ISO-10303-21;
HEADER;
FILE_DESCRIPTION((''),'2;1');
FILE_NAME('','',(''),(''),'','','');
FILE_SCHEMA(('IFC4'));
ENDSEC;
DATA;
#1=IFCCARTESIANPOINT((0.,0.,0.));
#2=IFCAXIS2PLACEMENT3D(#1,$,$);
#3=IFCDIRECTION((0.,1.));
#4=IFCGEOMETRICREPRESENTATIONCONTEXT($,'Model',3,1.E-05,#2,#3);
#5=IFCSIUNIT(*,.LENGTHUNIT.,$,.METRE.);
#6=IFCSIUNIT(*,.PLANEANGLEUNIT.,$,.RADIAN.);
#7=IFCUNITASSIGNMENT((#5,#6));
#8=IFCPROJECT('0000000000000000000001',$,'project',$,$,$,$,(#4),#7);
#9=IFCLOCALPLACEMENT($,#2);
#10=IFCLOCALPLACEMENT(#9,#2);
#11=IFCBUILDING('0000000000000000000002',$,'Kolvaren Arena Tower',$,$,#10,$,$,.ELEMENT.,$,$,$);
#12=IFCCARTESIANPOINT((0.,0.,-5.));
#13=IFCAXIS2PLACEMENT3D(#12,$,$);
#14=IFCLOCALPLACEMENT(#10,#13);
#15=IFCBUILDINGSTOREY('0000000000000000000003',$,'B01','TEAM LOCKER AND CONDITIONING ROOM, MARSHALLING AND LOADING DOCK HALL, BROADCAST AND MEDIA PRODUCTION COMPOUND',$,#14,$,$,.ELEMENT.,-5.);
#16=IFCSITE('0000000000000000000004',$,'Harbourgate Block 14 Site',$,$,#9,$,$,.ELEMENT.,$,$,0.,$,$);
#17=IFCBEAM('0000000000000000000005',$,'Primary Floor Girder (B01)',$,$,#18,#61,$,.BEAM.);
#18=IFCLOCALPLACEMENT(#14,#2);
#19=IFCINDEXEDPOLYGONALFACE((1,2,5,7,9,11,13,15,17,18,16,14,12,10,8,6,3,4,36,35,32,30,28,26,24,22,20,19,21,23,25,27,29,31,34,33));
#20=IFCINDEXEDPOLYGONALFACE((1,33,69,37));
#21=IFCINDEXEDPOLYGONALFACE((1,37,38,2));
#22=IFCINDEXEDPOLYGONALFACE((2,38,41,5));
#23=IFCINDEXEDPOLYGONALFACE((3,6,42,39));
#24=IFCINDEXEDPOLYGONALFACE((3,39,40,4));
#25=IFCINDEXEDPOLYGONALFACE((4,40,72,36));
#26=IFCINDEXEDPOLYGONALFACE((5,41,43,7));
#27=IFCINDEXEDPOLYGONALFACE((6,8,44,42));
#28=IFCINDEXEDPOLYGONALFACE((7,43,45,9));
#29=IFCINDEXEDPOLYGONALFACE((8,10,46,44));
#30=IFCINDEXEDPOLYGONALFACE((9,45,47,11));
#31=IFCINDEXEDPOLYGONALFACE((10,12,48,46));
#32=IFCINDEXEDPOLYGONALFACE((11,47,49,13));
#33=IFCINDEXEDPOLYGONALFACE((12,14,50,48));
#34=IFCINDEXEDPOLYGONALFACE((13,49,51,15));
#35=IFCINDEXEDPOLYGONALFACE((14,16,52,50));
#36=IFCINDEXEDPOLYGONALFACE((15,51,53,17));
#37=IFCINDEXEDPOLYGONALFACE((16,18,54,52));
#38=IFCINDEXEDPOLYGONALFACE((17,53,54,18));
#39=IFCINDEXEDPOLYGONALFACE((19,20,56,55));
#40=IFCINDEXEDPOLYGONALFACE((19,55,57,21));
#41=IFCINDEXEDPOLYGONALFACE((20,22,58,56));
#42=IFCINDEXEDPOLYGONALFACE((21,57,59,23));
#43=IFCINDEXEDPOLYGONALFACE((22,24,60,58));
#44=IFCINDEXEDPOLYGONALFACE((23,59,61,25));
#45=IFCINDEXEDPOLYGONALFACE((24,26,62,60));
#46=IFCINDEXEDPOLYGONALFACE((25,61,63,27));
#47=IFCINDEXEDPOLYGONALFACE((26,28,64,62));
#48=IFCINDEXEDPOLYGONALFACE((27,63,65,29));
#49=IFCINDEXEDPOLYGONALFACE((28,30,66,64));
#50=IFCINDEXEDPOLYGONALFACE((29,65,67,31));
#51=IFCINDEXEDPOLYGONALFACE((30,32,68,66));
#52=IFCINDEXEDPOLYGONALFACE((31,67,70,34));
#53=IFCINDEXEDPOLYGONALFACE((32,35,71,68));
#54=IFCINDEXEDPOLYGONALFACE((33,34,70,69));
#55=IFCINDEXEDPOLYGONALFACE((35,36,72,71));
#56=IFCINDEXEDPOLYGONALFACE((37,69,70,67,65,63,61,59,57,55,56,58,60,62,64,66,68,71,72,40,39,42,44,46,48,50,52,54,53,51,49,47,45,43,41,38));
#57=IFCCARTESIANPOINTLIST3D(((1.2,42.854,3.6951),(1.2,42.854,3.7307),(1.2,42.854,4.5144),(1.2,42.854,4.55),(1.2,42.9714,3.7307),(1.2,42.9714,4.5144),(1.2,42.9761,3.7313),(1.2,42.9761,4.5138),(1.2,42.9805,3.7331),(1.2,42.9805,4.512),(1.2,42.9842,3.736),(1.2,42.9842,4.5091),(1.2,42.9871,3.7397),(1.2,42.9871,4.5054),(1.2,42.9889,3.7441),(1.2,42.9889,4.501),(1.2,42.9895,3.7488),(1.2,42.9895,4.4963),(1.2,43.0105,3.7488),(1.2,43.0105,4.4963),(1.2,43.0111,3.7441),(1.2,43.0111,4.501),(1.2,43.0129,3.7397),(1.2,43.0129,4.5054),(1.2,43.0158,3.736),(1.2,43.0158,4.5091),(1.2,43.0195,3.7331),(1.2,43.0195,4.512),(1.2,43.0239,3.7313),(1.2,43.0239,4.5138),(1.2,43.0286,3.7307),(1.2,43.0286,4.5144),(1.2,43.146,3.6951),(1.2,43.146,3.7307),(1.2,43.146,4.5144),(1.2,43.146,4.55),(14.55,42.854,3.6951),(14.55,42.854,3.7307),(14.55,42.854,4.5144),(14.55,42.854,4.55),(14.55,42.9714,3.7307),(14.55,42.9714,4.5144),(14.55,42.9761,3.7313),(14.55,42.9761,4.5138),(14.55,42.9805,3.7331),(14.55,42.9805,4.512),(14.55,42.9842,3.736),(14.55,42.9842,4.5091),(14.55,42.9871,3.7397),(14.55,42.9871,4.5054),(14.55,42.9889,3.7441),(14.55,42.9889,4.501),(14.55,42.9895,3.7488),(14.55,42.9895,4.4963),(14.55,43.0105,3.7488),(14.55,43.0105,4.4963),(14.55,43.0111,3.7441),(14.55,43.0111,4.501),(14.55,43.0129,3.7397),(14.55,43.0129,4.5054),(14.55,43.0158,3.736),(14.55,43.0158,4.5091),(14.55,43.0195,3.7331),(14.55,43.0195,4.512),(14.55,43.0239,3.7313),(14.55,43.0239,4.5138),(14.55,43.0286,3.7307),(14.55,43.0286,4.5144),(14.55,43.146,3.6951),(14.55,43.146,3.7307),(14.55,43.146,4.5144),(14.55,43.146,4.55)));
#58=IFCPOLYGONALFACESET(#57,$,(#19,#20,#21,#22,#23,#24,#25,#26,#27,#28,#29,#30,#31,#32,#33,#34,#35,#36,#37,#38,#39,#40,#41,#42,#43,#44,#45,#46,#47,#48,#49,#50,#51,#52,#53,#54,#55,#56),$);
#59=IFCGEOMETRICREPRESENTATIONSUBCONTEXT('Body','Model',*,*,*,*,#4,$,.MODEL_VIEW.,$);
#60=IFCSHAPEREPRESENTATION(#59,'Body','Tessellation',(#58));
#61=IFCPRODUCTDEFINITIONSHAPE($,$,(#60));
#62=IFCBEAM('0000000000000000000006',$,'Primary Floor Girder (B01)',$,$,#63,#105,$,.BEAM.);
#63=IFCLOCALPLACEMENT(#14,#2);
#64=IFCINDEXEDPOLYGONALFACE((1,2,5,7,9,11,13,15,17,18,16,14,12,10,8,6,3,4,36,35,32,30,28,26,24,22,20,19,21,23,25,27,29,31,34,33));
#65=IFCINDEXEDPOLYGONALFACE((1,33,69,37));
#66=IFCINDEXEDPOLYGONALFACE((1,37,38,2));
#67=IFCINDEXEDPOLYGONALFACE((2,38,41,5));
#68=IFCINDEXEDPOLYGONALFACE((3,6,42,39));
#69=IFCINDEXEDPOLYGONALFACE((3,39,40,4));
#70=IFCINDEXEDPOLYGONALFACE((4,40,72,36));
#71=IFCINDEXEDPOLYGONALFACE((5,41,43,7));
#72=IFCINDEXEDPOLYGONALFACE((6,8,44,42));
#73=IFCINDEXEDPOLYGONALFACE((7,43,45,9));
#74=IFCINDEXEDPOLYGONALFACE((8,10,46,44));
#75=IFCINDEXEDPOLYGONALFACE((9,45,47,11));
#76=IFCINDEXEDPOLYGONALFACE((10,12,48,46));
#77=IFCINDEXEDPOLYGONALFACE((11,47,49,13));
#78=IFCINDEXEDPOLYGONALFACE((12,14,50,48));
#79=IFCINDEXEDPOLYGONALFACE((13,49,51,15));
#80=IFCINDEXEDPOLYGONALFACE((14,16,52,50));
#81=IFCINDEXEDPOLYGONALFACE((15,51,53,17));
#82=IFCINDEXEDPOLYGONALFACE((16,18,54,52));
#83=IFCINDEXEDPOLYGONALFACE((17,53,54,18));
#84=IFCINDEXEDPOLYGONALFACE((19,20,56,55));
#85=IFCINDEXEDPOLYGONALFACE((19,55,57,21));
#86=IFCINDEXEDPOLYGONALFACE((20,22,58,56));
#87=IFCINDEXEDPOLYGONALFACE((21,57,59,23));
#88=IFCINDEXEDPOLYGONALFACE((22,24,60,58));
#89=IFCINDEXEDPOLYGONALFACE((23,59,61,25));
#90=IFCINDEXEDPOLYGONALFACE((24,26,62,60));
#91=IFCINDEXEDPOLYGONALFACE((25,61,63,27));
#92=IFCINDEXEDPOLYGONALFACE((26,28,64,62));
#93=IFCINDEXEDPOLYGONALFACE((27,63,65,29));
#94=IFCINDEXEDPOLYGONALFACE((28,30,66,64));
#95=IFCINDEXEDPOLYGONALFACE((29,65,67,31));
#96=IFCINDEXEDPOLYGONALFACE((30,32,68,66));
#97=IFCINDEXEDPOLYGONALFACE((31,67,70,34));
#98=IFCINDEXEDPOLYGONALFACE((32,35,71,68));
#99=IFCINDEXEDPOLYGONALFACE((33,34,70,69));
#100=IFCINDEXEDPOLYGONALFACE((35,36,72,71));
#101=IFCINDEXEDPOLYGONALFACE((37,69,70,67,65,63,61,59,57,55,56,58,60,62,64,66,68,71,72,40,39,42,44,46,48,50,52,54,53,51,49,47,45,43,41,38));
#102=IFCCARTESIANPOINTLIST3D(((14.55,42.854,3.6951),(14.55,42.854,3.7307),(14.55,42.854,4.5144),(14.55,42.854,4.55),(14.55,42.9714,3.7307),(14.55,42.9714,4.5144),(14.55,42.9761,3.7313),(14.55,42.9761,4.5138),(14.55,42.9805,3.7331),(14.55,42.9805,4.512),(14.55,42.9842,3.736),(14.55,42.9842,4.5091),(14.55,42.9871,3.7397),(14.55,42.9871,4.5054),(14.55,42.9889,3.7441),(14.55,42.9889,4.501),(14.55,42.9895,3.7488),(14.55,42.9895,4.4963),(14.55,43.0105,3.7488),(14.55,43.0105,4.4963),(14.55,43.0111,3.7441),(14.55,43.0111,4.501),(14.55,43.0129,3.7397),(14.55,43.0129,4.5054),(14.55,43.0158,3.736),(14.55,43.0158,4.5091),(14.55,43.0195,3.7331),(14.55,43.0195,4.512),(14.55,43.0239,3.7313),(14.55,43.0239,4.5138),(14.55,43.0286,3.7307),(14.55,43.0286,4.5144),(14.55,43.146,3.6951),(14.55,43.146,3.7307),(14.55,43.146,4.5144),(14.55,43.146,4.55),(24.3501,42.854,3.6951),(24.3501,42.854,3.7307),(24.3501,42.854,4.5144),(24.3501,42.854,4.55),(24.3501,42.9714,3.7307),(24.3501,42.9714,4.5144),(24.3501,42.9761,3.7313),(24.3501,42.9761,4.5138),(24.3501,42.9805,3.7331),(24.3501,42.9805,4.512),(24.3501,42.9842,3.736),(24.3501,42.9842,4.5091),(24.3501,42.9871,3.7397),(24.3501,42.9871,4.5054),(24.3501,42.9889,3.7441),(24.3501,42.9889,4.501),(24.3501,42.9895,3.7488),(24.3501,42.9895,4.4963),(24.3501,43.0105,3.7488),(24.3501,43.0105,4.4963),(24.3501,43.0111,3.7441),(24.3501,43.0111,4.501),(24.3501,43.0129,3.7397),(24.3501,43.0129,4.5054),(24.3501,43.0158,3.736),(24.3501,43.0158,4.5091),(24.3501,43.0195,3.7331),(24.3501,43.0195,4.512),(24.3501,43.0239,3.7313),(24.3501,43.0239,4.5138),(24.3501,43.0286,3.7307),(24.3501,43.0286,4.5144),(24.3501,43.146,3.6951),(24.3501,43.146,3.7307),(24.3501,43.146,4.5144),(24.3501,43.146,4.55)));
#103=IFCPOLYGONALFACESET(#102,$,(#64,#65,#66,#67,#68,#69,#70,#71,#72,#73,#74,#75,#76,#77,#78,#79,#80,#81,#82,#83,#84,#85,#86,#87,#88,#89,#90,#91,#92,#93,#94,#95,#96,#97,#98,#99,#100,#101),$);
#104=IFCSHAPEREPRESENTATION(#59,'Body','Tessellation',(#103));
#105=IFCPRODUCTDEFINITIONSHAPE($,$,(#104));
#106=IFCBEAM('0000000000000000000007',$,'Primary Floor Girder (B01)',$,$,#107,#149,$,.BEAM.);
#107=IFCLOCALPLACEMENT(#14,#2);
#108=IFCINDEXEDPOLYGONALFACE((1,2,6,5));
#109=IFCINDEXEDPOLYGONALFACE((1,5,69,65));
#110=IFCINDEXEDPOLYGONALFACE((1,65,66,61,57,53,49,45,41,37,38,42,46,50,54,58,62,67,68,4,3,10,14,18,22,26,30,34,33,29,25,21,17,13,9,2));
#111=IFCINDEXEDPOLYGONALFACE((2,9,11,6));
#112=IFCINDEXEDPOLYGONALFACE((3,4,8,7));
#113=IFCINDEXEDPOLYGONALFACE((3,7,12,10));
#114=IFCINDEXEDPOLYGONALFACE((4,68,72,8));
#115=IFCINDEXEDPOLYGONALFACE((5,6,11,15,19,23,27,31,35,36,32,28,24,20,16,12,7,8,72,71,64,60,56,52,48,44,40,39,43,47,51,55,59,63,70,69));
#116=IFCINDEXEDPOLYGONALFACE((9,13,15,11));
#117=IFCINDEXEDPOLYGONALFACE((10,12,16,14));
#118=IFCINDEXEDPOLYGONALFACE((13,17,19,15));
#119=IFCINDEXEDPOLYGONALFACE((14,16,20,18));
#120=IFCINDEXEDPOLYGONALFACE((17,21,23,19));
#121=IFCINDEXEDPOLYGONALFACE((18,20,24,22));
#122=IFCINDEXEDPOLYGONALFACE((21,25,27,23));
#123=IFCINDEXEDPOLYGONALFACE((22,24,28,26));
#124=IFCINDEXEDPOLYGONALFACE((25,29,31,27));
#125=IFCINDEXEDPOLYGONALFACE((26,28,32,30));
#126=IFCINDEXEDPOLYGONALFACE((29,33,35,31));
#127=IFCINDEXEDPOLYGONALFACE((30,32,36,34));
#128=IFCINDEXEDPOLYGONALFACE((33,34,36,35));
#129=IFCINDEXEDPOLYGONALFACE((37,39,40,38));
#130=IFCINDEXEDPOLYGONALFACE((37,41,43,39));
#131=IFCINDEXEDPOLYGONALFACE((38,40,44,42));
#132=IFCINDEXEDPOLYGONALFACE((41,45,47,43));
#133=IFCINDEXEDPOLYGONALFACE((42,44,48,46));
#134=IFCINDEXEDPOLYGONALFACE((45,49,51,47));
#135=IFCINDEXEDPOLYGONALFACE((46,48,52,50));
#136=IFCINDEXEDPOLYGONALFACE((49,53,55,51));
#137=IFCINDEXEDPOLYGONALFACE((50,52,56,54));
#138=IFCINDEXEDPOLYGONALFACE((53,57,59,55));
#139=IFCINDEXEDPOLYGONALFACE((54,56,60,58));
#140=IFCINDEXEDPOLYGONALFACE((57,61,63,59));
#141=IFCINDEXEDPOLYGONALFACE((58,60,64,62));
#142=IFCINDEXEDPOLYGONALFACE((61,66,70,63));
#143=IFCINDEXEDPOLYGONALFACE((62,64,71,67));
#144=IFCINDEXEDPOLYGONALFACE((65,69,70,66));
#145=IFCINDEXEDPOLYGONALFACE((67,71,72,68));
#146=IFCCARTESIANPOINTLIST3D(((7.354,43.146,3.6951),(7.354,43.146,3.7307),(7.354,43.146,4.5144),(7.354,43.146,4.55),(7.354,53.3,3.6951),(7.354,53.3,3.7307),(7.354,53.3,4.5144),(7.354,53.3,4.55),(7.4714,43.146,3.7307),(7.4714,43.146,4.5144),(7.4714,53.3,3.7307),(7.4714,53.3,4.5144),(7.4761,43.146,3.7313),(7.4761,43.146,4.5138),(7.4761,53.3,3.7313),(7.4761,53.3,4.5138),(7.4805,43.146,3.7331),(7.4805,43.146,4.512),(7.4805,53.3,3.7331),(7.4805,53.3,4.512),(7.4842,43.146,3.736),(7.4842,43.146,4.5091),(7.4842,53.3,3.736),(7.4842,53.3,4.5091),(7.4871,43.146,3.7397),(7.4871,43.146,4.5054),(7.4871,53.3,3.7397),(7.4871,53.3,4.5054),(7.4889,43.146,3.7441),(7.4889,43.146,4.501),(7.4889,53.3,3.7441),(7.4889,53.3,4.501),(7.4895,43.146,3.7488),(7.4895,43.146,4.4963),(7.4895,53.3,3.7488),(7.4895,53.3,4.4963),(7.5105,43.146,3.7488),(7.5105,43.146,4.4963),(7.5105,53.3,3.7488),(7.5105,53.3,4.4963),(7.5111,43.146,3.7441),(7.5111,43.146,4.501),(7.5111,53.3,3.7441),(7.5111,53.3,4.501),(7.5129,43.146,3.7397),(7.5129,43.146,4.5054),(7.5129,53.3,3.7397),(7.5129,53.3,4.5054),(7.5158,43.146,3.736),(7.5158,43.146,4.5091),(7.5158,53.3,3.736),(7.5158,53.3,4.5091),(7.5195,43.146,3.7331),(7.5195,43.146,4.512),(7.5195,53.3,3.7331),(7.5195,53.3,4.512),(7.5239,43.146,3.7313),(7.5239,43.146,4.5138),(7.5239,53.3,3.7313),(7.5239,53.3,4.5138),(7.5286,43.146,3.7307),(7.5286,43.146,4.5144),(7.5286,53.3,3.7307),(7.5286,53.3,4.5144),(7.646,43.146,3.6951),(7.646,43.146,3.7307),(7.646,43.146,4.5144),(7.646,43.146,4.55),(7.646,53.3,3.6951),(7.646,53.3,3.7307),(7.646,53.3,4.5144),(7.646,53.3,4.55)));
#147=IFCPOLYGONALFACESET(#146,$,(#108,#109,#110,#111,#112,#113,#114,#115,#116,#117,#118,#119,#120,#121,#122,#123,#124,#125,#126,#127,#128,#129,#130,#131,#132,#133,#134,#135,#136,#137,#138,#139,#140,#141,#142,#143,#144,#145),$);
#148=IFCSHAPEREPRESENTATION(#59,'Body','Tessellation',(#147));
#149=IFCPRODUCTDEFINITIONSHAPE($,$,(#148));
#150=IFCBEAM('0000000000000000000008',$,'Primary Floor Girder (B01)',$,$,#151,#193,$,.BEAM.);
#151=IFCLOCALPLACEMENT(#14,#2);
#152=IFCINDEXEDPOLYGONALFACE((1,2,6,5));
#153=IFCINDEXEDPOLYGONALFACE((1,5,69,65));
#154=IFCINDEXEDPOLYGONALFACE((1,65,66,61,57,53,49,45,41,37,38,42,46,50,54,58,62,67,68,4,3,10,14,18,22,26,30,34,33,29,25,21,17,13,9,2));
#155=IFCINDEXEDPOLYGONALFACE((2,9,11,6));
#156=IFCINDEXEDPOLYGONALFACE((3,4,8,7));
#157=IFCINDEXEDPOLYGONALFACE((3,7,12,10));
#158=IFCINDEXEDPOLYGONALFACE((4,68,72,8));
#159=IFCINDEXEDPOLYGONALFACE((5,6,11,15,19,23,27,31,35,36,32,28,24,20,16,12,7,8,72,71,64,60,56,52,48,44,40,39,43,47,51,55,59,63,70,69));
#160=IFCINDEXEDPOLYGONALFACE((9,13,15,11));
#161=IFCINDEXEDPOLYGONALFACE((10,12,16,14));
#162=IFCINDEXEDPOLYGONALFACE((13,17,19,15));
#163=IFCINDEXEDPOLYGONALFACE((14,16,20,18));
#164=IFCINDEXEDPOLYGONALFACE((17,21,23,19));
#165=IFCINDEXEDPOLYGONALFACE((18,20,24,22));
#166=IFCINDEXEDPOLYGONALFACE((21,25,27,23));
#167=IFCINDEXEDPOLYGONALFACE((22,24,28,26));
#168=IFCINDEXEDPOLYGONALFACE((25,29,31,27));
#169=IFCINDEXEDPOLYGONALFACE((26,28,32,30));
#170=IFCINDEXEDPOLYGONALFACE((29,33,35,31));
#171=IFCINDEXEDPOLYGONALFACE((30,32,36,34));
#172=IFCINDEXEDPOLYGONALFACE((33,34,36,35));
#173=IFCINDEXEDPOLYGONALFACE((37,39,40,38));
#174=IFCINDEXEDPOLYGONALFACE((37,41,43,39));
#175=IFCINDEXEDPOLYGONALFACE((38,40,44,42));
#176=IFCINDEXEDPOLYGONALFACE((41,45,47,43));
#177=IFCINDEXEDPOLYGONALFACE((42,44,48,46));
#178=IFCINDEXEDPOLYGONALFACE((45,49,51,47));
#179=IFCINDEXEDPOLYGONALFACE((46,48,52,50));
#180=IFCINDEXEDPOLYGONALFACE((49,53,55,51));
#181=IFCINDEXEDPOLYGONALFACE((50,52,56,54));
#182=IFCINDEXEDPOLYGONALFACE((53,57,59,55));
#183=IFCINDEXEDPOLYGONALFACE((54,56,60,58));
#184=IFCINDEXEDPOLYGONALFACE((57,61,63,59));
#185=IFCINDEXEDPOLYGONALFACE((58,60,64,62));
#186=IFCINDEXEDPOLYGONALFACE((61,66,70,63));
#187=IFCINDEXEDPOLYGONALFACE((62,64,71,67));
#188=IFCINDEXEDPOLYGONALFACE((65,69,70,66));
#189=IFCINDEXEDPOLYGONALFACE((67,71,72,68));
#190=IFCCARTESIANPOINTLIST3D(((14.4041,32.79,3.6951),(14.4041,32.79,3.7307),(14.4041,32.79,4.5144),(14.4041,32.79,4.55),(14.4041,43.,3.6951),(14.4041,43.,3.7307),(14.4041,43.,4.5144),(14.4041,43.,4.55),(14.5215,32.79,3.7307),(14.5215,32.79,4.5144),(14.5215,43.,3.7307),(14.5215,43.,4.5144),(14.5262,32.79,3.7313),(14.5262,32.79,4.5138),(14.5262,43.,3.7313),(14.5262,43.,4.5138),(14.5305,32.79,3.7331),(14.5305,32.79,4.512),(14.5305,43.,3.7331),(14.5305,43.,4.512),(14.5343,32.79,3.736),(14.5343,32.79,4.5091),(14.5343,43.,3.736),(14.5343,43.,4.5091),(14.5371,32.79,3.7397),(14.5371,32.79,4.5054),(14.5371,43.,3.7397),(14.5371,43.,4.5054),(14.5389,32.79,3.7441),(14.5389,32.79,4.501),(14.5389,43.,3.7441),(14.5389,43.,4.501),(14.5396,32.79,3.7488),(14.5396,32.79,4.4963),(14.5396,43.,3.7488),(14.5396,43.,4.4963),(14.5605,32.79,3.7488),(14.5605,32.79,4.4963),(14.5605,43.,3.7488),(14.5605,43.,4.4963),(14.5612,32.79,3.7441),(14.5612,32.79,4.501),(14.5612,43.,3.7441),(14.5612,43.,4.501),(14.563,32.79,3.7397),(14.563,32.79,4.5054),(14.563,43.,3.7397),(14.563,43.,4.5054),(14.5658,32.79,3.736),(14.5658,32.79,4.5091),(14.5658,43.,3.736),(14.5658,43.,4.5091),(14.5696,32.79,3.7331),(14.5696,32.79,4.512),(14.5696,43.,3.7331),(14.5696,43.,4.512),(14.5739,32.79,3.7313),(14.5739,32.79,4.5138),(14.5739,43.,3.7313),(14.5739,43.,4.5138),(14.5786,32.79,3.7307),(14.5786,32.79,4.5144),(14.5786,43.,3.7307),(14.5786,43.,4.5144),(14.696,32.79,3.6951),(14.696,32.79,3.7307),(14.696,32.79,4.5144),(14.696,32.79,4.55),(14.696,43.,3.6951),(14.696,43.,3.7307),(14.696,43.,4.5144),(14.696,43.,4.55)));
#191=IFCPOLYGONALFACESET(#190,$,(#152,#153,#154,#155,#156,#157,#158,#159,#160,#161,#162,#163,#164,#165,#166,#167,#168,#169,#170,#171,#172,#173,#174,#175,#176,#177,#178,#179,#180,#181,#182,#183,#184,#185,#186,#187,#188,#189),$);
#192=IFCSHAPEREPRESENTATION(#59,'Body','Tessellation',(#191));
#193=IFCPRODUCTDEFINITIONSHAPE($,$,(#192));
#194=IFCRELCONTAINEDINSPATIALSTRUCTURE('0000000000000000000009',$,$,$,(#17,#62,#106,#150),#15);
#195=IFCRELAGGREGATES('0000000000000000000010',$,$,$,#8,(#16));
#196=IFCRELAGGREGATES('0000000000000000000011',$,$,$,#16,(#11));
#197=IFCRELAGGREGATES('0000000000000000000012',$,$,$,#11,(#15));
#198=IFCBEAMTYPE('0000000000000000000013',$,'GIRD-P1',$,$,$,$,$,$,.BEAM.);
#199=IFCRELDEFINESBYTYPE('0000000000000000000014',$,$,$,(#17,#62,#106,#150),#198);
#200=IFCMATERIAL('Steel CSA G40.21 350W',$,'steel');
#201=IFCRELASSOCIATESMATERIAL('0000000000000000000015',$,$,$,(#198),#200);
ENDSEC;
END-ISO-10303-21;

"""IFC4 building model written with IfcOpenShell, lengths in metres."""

from ifc_helpers import new_model, si_unit, direction, frame, origin, origin_2d, place, context, subcontext, project, spatial, i_section, extrude, material, material_profile, profile_set, type_object, element, save


model = new_model("IFC4")

# Units and contexts
model_context = context("Model", 3, precision=1e-05, world=origin(), true_north=direction((0.0, 1.0)))
body_context = subcontext(model_context, "Body", "Model", "MODEL_VIEW")
ifc_project = project(units=[si_unit("LENGTHUNIT", "METRE"), si_unit("PLANEANGLEUNIT", "RADIAN")], contexts=[model_context])

# Site, building, storey
site_placement = place(None, origin())
site = spatial("IfcSite", under=ifc_project, at=site_placement, Name="Harbourgate Block 14 Site", CompositionType="ELEMENT", RefElevation=0.0)
building_placement = place(site_placement, origin())
building = spatial("IfcBuilding", under=site, at=building_placement, Name="Kolvaren Arena Tower", CompositionType="ELEMENT")
storey_placement = place(building_placement, frame((0.0, 0.0, -5.0)))
storey = spatial("IfcBuildingStorey", under=building, at=storey_placement, Name="B01", Description="TEAM LOCKER AND CONDITIONING ROOM, MARSHALLING AND LOADING DOCK HALL, BROADCAST AND MEDIA PRODUCTION COMPOUND", CompositionType="ELEMENT", Elevation=-5.0)

# Beams
ifc_material_1 = material(Name="Steel CSA G40.21 350W", Category="steel")
ifc_material_profile_1 = material_profile(ifc_material_1, i_section(OverallWidth=0.292, OverallDepth=0.855, WebThickness=0.021, FlangeThickness=0.0356, FilletRadius=0.0181, at=origin_2d()), Name="W840x299")
ifc_profile_set_1 = profile_set([ifc_material_profile_1], Name="Steel CSA G40.21 350W")
beam_type_1 = type_object("IfcBeamType", Name="GIRD-P1", PredefinedType="BEAM", material=ifc_profile_set_1)
beam_1_placement = place(storey_placement, frame((1.2, 43.0, 4.1226), z_axis=(1.0, 0.0, 0.0), x_axis=(0.0, 1.0, 0.0)))
element("IfcBeam", 1, at=beam_1_placement, inside=storey, type_object=beam_type_1, Name="Primary Floor Girder (B01)", PredefinedType="BEAM", context=body_context, shape_type="SweptSolid", body=[
    extrude(i_section(OverallWidth=0.292, OverallDepth=0.855, WebThickness=0.021, FlangeThickness=0.0356, FilletRadius=0.0181, at=origin_2d()), origin(), (0.0, 0.0, 1.0), 13.3501),
])
beam_2_placement = place(storey_placement, frame((14.55, 43.0, 4.1226), z_axis=(1.0, 0.0, 0.0), x_axis=(0.0, 1.0, 0.0)))
element("IfcBeam", 2, at=beam_2_placement, inside=storey, type_object=beam_type_1, Name="Primary Floor Girder (B01)", PredefinedType="BEAM", context=body_context, shape_type="SweptSolid", body=[
    extrude(i_section(OverallWidth=0.292, OverallDepth=0.855, WebThickness=0.021, FlangeThickness=0.0356, FilletRadius=0.0181, at=origin_2d()), origin(), (0.0, 0.0, 1.0), 9.8),
])
beam_3_placement = place(storey_placement, frame((7.5, 43.146, 4.1226), z_axis=(0.0, 1.0, 0.0), x_axis=(-1.0, 0.0, 0.0)))
element("IfcBeam", 3, at=beam_3_placement, inside=storey, type_object=beam_type_1, Name="Primary Floor Girder (B01)", PredefinedType="BEAM", context=body_context, shape_type="SweptSolid", body=[
    extrude(i_section(OverallWidth=0.292, OverallDepth=0.855, WebThickness=0.021, FlangeThickness=0.0356, FilletRadius=0.0181, at=origin_2d()), origin(), (0.0, 0.0, 1.0), 10.1541),
])
beam_4_placement = place(storey_placement, frame((14.55, 32.79, 4.1226), z_axis=(0.0, 1.0, 0.0), x_axis=(-1.0, 0.0, 0.0)))
element("IfcBeam", 4, at=beam_4_placement, inside=storey, type_object=beam_type_1, Name="Primary Floor Girder (B01)", PredefinedType="BEAM", context=body_context, shape_type="SweptSolid", body=[
    extrude(i_section(OverallWidth=0.292, OverallDepth=0.855, WebThickness=0.021, FlangeThickness=0.0356, FilletRadius=0.0181, at=origin_2d()), origin(), (0.0, 0.0, 1.0), 10.21),
])

save(model, "model.ifc")
